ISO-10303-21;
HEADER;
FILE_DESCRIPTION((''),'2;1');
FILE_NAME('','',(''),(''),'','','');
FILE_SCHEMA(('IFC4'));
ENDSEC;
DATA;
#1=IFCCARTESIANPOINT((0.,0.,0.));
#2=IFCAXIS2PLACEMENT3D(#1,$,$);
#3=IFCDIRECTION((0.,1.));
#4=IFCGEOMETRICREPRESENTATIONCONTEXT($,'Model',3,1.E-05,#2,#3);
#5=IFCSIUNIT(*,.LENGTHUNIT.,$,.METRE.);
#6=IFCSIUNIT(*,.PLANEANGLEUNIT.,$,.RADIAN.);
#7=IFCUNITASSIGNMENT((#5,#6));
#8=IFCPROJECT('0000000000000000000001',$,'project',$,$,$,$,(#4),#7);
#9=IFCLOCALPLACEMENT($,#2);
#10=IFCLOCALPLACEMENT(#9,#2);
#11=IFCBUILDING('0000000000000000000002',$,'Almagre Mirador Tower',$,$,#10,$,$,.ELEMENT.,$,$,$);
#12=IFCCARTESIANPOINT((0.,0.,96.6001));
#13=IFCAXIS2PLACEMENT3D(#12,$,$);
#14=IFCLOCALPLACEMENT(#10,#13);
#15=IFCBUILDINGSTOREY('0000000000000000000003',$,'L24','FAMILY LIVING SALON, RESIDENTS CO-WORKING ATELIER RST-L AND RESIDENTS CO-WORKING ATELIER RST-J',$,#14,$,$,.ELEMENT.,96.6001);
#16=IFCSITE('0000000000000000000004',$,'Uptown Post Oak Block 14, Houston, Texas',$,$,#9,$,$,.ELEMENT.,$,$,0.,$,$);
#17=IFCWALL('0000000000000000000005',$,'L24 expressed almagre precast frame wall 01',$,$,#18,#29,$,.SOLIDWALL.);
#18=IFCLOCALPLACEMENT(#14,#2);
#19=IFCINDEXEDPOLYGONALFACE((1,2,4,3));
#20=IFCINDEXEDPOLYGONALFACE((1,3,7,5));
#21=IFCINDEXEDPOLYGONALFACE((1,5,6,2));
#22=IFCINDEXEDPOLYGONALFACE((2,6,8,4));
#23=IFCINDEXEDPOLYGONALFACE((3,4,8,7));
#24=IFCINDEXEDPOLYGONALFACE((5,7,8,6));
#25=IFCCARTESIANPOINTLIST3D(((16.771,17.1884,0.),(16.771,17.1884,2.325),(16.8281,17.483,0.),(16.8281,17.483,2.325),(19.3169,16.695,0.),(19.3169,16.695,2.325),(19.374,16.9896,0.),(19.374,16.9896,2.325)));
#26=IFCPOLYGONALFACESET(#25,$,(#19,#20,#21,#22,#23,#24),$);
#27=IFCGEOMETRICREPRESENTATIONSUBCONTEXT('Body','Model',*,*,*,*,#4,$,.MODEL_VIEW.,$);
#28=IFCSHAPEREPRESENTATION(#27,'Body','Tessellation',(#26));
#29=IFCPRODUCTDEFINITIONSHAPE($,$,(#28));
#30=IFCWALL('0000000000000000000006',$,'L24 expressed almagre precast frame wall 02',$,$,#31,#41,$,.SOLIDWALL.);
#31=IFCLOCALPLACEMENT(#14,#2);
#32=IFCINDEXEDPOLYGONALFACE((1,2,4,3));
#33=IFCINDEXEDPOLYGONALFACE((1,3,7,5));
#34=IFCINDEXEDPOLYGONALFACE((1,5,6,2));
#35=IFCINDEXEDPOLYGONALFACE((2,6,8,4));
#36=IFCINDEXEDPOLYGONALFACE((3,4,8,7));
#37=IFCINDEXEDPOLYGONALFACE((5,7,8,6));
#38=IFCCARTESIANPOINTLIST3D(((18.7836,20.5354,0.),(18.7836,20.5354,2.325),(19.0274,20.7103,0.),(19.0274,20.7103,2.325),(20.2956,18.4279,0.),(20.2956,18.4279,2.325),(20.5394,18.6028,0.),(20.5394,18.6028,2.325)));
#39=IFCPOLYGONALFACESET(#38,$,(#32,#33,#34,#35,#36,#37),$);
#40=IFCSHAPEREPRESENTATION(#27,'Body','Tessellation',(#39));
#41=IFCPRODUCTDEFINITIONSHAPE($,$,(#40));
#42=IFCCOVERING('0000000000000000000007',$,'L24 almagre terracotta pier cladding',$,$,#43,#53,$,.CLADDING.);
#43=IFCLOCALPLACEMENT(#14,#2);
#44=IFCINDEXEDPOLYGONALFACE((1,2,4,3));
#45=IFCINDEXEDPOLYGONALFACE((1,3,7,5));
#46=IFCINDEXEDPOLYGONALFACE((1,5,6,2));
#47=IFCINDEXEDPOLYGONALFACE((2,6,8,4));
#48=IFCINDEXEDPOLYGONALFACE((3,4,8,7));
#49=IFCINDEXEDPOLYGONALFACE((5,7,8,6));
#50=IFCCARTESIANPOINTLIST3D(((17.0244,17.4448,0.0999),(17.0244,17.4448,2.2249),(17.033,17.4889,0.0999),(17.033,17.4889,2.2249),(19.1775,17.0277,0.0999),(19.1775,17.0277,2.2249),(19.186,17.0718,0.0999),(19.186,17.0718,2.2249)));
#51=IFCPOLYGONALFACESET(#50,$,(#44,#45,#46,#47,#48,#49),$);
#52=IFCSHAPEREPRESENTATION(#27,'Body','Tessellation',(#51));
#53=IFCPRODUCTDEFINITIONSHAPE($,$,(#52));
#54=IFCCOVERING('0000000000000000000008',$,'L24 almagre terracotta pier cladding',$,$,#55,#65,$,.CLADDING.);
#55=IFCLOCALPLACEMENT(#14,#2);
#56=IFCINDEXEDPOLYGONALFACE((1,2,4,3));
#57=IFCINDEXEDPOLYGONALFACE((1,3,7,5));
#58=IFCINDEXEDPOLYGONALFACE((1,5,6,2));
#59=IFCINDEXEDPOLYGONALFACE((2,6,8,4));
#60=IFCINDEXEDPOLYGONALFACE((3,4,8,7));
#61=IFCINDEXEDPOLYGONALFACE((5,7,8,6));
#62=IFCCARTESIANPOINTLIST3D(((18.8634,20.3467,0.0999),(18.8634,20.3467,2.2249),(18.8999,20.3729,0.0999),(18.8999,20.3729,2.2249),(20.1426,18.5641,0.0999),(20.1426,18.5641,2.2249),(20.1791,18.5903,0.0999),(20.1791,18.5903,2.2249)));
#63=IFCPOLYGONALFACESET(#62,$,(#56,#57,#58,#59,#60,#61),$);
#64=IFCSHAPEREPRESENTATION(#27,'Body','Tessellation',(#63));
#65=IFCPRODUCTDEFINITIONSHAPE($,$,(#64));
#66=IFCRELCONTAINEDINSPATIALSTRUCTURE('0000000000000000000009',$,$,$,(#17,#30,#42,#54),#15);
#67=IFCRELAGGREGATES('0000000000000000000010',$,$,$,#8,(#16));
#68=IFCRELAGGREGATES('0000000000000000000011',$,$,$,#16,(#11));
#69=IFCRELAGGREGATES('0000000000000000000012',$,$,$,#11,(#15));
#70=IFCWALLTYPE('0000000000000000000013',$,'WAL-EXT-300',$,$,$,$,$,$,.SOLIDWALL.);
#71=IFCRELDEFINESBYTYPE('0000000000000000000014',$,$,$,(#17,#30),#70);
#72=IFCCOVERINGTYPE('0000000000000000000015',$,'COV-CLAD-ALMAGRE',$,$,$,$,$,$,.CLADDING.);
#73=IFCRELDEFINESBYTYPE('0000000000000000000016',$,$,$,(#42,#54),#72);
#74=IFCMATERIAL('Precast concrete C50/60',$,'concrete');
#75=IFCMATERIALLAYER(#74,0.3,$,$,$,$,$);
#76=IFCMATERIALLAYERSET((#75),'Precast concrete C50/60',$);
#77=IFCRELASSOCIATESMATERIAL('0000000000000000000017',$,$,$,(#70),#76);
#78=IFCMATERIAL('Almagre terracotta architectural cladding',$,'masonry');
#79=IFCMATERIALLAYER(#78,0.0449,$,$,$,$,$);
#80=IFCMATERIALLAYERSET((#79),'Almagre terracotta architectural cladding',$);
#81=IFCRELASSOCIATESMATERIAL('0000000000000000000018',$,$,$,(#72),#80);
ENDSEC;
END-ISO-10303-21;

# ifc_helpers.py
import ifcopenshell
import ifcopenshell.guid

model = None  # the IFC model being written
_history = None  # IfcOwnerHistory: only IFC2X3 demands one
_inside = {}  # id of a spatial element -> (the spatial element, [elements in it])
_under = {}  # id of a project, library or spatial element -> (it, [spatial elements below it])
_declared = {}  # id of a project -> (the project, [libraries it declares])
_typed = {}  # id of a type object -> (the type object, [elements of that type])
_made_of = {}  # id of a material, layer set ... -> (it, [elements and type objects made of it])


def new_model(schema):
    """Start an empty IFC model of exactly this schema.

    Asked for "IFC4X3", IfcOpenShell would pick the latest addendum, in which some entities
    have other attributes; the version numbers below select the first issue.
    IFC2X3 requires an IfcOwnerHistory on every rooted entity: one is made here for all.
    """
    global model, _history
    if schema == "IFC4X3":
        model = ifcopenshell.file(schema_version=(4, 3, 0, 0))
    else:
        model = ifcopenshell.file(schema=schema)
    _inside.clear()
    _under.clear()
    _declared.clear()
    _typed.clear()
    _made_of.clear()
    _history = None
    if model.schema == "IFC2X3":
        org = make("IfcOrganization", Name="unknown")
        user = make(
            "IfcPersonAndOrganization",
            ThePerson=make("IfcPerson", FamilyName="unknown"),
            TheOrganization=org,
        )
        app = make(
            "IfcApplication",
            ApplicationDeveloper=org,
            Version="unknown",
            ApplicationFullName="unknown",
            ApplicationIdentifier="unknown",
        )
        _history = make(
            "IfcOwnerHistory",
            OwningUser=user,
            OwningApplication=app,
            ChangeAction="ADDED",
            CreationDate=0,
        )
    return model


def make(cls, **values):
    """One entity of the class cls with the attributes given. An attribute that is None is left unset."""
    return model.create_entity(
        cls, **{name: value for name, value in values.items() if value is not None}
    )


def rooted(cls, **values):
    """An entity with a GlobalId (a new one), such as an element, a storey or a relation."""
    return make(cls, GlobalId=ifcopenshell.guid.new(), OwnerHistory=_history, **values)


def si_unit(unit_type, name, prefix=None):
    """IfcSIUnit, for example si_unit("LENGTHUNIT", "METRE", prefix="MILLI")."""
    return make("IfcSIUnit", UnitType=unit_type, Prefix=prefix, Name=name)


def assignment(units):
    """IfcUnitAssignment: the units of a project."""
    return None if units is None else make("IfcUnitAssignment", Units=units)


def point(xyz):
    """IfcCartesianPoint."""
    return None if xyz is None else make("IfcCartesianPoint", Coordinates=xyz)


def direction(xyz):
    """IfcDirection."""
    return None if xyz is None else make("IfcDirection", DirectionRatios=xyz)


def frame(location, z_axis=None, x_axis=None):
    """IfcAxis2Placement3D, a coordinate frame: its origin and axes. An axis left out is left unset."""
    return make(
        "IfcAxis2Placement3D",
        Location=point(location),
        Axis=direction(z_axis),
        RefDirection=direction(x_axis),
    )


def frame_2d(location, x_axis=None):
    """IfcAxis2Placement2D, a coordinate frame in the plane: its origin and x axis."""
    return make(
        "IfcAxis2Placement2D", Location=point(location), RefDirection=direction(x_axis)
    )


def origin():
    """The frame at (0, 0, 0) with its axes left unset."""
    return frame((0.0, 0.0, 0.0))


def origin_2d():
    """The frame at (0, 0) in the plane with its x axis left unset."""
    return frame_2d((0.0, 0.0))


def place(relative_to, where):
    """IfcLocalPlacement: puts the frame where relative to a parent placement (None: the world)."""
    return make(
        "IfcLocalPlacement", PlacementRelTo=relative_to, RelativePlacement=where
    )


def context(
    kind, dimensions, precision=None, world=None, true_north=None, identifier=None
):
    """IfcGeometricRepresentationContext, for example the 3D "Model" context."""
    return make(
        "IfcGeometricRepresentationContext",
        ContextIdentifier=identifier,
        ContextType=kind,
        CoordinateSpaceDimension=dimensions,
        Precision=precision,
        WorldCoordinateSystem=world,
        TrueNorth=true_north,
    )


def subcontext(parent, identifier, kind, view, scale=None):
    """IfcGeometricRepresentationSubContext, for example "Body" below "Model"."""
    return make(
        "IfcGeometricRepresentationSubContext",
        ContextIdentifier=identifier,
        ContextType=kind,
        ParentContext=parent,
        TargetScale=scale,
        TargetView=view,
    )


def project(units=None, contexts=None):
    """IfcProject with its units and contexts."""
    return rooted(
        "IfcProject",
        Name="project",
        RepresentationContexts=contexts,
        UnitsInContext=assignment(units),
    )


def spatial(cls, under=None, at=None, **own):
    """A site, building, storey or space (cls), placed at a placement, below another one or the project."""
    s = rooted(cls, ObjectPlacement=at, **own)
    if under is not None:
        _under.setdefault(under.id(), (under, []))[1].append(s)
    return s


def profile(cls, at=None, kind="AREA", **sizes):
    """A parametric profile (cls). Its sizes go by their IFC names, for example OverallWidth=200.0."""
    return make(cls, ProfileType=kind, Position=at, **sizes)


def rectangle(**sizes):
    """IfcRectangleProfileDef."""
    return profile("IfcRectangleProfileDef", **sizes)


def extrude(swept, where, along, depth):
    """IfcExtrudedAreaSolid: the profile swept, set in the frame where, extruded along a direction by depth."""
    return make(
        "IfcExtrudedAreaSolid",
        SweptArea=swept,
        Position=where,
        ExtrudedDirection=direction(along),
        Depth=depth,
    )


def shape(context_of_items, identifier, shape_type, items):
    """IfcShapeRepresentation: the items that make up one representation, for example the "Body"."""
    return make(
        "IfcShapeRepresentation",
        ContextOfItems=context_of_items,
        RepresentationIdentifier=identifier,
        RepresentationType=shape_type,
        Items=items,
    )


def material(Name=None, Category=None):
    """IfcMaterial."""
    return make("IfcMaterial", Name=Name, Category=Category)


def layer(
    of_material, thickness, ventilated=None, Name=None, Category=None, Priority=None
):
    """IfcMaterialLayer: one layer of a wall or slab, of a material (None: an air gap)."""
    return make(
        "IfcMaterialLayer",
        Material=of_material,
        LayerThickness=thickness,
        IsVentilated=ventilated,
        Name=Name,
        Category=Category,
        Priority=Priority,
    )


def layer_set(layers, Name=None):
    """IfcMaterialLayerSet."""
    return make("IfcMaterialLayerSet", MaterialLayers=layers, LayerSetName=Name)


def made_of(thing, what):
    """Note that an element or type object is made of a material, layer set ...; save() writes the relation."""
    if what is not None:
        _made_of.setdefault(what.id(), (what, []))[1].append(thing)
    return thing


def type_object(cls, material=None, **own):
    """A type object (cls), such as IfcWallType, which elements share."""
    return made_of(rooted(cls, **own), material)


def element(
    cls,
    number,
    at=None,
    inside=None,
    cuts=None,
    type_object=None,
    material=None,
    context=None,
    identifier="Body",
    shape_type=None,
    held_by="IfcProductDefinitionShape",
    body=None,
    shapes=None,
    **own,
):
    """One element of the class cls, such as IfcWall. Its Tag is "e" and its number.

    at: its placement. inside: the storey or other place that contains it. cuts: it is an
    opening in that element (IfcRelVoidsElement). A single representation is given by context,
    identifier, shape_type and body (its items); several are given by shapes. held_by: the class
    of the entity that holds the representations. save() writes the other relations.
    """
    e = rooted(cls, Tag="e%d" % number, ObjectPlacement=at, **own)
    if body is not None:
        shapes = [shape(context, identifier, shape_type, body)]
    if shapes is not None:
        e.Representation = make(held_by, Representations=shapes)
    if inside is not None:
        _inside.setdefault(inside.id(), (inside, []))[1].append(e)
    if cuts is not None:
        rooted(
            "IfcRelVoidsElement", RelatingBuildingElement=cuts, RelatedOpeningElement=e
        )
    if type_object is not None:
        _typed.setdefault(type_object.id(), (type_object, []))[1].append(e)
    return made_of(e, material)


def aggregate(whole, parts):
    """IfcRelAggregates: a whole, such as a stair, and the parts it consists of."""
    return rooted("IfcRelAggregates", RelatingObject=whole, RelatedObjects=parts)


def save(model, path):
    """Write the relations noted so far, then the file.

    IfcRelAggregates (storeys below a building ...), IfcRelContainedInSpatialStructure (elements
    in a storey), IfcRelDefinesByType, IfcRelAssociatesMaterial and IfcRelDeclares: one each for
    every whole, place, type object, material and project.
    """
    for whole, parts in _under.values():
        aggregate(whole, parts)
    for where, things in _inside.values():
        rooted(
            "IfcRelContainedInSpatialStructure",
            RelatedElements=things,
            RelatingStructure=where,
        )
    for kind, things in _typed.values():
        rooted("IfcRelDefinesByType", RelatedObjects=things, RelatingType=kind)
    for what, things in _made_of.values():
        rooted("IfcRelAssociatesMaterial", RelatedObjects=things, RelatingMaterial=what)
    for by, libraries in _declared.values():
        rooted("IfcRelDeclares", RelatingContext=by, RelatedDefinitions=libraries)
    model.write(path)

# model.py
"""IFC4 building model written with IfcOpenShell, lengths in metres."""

from ifc_helpers import new_model, si_unit, direction, frame, frame_2d, origin, origin_2d, place, context, subcontext, project, spatial, rectangle, extrude, material, layer, layer_set, type_object, element, save


model = new_model("IFC4")

# Units and contexts
model_context = context("Model", 3, precision=1e-05, world=origin(), true_north=direction((0.0, 1.0)))
body_context = subcontext(model_context, "Body", "Model", "MODEL_VIEW")
ifc_project = project(units=[si_unit("LENGTHUNIT", "METRE"), si_unit("PLANEANGLEUNIT", "RADIAN")], contexts=[model_context])

# Site, building, storey
site_placement = place(None, origin())
site = spatial("IfcSite", under=ifc_project, at=site_placement, Name="Uptown Post Oak Block 14, Houston, Texas", CompositionType="ELEMENT", RefElevation=0.0)
building_placement = place(site_placement, origin())
building = spatial("IfcBuilding", under=site, at=building_placement, Name="Almagre Mirador Tower", CompositionType="ELEMENT")
storey_placement = place(building_placement, frame((0.0, 0.0, 96.6001)))
storey = spatial("IfcBuildingStorey", under=building, at=storey_placement, Name="L24", Description="FAMILY LIVING SALON, RESIDENTS CO-WORKING ATELIER RST-L AND RESIDENTS CO-WORKING ATELIER RST-J", CompositionType="ELEMENT", Elevation=96.6001)

# Walls
ifc_material_1 = material(Name="Precast concrete C50/60", Category="concrete")
ifc_layer_1 = layer(ifc_material_1, 0.3)
ifc_layer_set_1 = layer_set([ifc_layer_1], Name="Precast concrete C50/60")
wall_type = type_object("IfcWallType", Name="WAL-EXT-300", PredefinedType="SOLIDWALL", material=ifc_layer_set_1)
wall_1_placement = place(storey_placement, frame((16.7996, 17.3357, 0.0), z_axis=(0.0, 0.0, 1.0), x_axis=(0.981733, -0.190265, 0.0)))
element("IfcWall", 1, at=wall_1_placement, inside=storey, type_object=wall_type, Name="L24 expressed almagre precast frame wall 01", PredefinedType="SOLIDWALL", context=body_context, shape_type="SweptSolid", body=[
    extrude(rectangle(XDim=2.5933, YDim=0.3, at=frame_2d((1.2966, 0.0))), origin(), (0.0, 0.0, 1.0), 2.325),
])
wall_2_placement = place(storey_placement, frame((20.4175, 18.5154, 0.0), z_axis=(0.0, 0.0, 1.0), x_axis=(-0.582938, 0.812517, 0.0)))
element("IfcWall", 2, at=wall_2_placement, inside=storey, type_object=wall_type, Name="L24 expressed almagre precast frame wall 02", PredefinedType="SOLIDWALL", context=body_context, shape_type="SweptSolid", body=[
    extrude(rectangle(XDim=2.5938, YDim=0.3, at=frame_2d((1.2969, 0.0))), origin(), (0.0, 0.0, 1.0), 2.325),
])

# Coverings
ifc_material_2 = material(Name="Almagre terracotta architectural cladding", Category="masonry")
ifc_layer_2 = layer(ifc_material_2, 0.0449)
ifc_layer_set_2 = layer_set([ifc_layer_2], Name="Almagre terracotta architectural cladding")
covering_type = type_object("IfcCoveringType", Name="COV-CLAD-ALMAGRE", PredefinedType="CLADDING", material=ifc_layer_set_2)
covering_1_placement = place(storey_placement, frame((18.1052, 17.2583, 0.0999), z_axis=(0.0, 0.0, 1.0), x_axis=(0.981747, -0.190192, 0.0)))
element("IfcCovering", 3, at=covering_1_placement, inside=storey, type_object=covering_type, Name="L24 almagre terracotta pier cladding", PredefinedType="CLADDING", context=body_context, shape_type="SweptSolid", body=[
    extrude(rectangle(XDim=2.1931, YDim=0.0449, at=origin_2d()), origin(), (0.0, 0.0, 1.0), 2.125),
])
covering_2_placement = place(storey_placement, frame((19.5212, 19.4685, 0.0999), z_axis=(0.0, 0.0, 1.0), x_axis=(-0.583002, 0.81247, 0.0)))
element("IfcCovering", 4, at=covering_2_placement, inside=storey, type_object=covering_type, Name="L24 almagre terracotta pier cladding", PredefinedType="CLADDING", context=body_context, shape_type="SweptSolid", body=[
    extrude(rectangle(XDim=2.1941, YDim=0.0449, at=origin_2d()), origin(), (0.0, 0.0, 1.0), 2.125),
])

save(model, "model.ifc")
